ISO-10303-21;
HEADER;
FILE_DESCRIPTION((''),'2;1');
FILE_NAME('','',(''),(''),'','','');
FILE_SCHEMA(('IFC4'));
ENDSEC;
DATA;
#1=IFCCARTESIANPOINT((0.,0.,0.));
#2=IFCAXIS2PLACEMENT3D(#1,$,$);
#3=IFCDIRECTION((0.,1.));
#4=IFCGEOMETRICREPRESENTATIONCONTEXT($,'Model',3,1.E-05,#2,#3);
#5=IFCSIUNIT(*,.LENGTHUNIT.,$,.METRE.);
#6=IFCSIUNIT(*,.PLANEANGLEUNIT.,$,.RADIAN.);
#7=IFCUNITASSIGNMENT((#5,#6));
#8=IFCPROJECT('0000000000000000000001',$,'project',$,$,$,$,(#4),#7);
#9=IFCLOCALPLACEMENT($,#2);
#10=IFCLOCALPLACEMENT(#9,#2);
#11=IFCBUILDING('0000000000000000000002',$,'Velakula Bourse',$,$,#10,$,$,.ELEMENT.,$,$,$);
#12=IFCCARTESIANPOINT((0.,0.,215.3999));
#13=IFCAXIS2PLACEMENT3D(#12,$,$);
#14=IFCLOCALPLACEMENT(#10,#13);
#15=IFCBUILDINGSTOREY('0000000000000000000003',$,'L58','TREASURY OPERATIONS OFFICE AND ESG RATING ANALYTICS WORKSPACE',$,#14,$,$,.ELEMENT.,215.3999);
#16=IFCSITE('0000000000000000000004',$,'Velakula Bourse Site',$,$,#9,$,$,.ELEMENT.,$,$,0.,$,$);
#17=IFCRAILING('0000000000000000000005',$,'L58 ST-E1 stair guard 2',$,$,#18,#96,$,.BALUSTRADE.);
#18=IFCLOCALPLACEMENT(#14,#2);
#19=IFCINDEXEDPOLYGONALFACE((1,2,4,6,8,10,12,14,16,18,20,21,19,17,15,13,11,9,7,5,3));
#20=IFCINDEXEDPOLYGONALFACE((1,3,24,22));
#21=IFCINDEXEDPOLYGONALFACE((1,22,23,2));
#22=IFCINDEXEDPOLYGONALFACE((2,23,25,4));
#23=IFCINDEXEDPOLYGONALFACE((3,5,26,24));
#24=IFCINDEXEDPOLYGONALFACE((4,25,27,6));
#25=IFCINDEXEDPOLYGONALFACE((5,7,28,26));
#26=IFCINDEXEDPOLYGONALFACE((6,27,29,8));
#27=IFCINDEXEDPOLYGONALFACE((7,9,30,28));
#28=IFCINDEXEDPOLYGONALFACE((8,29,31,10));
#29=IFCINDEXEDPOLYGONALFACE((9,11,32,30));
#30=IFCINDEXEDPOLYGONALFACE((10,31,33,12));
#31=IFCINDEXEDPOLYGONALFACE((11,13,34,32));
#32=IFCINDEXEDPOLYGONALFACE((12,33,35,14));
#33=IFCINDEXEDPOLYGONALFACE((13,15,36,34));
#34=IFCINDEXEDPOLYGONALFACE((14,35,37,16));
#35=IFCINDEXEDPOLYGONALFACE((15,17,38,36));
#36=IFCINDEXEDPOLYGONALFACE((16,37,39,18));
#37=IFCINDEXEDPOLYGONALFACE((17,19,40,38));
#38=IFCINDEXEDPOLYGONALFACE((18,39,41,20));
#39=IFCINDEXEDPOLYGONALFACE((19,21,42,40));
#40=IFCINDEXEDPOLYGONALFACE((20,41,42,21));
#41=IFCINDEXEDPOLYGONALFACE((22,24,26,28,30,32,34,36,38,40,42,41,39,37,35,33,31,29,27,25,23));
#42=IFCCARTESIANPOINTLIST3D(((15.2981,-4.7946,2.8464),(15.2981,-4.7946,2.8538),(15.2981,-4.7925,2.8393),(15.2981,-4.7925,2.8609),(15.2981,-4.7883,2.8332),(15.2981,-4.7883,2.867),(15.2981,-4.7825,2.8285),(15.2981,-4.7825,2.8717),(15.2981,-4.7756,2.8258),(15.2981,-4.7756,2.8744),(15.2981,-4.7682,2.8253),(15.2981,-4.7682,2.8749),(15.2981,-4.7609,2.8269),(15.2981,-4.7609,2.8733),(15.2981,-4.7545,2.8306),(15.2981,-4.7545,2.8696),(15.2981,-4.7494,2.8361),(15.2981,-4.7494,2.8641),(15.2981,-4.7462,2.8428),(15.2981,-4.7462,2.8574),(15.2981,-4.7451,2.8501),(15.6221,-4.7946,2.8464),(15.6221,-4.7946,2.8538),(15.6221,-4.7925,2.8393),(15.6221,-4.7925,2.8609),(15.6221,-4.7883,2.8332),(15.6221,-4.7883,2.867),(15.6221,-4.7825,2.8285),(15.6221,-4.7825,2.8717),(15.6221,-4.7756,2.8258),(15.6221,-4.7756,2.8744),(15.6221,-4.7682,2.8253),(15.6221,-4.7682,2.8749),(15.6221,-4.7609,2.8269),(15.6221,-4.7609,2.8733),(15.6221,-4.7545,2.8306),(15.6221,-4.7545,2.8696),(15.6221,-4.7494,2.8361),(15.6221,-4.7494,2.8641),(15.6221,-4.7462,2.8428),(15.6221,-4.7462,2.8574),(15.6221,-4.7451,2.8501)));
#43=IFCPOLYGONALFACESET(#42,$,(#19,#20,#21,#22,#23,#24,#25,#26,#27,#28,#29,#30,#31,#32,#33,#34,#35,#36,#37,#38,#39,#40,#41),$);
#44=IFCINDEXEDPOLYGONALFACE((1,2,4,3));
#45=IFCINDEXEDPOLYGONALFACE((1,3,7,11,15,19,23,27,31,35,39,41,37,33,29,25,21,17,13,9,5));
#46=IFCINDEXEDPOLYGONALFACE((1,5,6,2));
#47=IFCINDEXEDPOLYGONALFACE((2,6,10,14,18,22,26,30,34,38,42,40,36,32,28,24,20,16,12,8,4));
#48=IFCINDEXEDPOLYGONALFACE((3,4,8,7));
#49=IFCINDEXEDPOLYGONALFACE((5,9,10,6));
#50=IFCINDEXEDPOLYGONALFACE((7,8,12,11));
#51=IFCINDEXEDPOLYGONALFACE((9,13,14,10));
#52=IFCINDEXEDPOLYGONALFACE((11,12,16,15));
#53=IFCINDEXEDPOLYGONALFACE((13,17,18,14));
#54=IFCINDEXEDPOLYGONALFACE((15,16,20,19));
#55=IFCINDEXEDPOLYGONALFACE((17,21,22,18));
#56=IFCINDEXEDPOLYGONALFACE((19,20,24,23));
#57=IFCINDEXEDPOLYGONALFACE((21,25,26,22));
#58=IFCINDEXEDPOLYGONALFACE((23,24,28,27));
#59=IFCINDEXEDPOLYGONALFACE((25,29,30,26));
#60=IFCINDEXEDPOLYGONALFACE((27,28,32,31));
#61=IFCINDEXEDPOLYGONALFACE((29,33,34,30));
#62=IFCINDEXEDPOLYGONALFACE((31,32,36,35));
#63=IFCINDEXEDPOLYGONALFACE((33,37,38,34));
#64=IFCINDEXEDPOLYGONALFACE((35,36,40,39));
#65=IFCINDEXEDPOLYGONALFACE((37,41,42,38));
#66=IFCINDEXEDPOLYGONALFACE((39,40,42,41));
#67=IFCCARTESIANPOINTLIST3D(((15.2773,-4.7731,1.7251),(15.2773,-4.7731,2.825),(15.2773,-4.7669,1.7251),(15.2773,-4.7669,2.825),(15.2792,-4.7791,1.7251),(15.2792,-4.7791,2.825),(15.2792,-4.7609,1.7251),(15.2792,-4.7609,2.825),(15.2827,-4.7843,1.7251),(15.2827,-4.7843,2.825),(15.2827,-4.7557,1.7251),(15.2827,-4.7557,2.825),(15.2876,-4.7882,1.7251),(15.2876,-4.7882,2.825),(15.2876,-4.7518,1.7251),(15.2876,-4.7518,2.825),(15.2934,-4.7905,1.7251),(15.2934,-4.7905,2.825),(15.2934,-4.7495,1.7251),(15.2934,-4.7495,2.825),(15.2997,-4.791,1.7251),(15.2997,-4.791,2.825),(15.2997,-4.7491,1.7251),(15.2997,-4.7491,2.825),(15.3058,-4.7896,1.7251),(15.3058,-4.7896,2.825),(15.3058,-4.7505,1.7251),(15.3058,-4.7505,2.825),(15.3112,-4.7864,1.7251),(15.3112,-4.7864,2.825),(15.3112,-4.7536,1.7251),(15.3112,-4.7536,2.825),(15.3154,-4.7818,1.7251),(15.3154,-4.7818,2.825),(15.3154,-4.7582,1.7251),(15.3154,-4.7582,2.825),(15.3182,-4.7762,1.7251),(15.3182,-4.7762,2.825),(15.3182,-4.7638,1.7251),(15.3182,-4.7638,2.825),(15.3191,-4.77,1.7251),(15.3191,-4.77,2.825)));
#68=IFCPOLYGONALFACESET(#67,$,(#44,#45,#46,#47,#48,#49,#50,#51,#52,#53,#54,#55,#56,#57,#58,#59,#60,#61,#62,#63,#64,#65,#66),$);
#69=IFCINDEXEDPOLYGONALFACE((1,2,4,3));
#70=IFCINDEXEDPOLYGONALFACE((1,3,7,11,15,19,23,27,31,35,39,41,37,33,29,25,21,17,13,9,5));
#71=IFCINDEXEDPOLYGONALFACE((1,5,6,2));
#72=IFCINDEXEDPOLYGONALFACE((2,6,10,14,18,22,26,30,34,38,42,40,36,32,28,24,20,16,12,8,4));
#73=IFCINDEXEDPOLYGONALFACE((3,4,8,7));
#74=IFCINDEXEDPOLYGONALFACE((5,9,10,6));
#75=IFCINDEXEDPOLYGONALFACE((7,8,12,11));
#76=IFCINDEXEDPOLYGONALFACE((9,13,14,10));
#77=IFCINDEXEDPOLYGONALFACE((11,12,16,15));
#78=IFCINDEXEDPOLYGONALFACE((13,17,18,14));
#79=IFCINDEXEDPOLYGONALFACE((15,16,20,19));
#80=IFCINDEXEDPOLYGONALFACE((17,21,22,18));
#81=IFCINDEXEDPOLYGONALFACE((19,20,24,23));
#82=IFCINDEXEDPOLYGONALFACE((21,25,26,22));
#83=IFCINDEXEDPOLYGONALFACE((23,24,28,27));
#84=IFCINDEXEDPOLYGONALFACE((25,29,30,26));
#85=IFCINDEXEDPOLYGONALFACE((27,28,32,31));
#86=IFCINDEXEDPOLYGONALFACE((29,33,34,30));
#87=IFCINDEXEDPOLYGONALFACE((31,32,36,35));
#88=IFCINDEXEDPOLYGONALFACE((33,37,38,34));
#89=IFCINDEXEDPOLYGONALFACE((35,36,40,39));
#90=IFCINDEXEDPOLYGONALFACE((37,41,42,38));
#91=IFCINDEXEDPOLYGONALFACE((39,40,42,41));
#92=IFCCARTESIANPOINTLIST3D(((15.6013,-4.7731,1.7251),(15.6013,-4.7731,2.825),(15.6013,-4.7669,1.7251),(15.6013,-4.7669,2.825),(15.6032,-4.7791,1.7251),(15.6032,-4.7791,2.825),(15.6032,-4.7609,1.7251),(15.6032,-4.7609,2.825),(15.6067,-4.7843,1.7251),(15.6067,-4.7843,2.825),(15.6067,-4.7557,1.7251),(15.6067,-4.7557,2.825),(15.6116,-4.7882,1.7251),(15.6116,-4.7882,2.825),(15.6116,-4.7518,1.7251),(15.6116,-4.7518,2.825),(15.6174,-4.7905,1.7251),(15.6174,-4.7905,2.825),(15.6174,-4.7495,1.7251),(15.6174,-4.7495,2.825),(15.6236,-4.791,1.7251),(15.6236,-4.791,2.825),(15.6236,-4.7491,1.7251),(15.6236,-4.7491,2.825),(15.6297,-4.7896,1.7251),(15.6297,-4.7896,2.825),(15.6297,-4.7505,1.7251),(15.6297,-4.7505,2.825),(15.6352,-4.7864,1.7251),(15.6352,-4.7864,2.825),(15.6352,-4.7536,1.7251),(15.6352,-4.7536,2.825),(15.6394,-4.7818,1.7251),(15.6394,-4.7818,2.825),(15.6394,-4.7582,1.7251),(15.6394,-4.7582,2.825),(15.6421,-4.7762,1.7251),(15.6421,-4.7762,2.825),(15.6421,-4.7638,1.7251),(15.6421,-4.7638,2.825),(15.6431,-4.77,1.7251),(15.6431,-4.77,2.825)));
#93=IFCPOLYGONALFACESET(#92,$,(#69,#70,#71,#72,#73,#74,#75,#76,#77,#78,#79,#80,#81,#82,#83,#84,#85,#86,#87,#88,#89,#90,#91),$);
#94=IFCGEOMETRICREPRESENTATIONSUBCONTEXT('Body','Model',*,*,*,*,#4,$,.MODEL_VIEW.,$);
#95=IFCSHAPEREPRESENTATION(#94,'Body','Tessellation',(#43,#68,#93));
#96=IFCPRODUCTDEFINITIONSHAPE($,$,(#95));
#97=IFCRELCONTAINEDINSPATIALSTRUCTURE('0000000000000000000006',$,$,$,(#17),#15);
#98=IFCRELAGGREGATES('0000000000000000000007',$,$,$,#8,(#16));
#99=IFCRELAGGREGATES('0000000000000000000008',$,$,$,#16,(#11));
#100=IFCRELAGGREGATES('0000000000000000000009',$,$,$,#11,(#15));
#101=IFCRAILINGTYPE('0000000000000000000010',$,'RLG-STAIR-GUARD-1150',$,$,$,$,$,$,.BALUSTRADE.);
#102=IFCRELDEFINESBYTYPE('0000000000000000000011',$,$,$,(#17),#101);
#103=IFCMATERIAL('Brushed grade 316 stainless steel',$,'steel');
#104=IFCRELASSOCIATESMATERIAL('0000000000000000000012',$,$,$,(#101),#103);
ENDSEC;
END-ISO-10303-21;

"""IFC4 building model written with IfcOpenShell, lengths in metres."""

from ifc_helpers import new_model, si_unit, direction, frame, origin, origin_2d, place, context, subcontext, project, spatial, circle, extrude, material, type_object, element, save


model = new_model("IFC4")

# Units and contexts
model_context = context("Model", 3, precision=1e-05, world=origin(), true_north=direction((0.0, 1.0)))
body_context = subcontext(model_context, "Body", "Model", "MODEL_VIEW")
ifc_project = project(units=[si_unit("LENGTHUNIT", "METRE"), si_unit("PLANEANGLEUNIT", "RADIAN")], contexts=[model_context])

# Site, building, storey
site_placement = place(None, origin())
site = spatial("IfcSite", under=ifc_project, at=site_placement, Name="Velakula Bourse Site", CompositionType="ELEMENT", RefElevation=0.0)
building_placement = place(site_placement, origin())
building = spatial("IfcBuilding", under=site, at=building_placement, Name="Velakula Bourse", CompositionType="ELEMENT")
storey_placement = place(building_placement, frame((0.0, 0.0, 215.3999)))
storey = spatial("IfcBuildingStorey", under=building, at=storey_placement, Name="L58", Description="TREASURY OPERATIONS OFFICE AND ESG RATING ANALYTICS WORKSPACE", CompositionType="ELEMENT", Elevation=215.3999)

# Shared definitions
ifc_material_1 = material(Name="Brushed grade 316 stainless steel", Category="steel")

# Railing
railing_type_1 = type_object("IfcRailingType", Name="RLG-STAIR-GUARD-1150", PredefinedType="BALUSTRADE", material=ifc_material_1)
railing_1_placement = place(storey_placement, frame((15.2981, -4.77, 1.7251)))
element("IfcRailing", 1, at=railing_1_placement, inside=storey, type_object=railing_type_1, Name="L58 ST-E1 stair guard 2", PredefinedType="BALUSTRADE", context=body_context, shape_type="SweptSolid", body=[
    extrude(circle(Radius=0.0249, at=origin_2d()), frame((0.0, 0.0, 1.125), z_axis=(1.0, 0.0, 0.0), x_axis=(0.0, 1.0, 0.0)), (0.0, 0.0, 1.0), 0.324),
    extrude(circle(Radius=0.021, at=origin_2d()), origin(), (0.0, 0.0, 1.0), 1.0999),
    extrude(circle(Radius=0.021, at=origin_2d()), frame((0.324, 0.0, 0.0)), (0.0, 0.0, 1.0), 1.0999),
])

save(model, "model.ifc")
